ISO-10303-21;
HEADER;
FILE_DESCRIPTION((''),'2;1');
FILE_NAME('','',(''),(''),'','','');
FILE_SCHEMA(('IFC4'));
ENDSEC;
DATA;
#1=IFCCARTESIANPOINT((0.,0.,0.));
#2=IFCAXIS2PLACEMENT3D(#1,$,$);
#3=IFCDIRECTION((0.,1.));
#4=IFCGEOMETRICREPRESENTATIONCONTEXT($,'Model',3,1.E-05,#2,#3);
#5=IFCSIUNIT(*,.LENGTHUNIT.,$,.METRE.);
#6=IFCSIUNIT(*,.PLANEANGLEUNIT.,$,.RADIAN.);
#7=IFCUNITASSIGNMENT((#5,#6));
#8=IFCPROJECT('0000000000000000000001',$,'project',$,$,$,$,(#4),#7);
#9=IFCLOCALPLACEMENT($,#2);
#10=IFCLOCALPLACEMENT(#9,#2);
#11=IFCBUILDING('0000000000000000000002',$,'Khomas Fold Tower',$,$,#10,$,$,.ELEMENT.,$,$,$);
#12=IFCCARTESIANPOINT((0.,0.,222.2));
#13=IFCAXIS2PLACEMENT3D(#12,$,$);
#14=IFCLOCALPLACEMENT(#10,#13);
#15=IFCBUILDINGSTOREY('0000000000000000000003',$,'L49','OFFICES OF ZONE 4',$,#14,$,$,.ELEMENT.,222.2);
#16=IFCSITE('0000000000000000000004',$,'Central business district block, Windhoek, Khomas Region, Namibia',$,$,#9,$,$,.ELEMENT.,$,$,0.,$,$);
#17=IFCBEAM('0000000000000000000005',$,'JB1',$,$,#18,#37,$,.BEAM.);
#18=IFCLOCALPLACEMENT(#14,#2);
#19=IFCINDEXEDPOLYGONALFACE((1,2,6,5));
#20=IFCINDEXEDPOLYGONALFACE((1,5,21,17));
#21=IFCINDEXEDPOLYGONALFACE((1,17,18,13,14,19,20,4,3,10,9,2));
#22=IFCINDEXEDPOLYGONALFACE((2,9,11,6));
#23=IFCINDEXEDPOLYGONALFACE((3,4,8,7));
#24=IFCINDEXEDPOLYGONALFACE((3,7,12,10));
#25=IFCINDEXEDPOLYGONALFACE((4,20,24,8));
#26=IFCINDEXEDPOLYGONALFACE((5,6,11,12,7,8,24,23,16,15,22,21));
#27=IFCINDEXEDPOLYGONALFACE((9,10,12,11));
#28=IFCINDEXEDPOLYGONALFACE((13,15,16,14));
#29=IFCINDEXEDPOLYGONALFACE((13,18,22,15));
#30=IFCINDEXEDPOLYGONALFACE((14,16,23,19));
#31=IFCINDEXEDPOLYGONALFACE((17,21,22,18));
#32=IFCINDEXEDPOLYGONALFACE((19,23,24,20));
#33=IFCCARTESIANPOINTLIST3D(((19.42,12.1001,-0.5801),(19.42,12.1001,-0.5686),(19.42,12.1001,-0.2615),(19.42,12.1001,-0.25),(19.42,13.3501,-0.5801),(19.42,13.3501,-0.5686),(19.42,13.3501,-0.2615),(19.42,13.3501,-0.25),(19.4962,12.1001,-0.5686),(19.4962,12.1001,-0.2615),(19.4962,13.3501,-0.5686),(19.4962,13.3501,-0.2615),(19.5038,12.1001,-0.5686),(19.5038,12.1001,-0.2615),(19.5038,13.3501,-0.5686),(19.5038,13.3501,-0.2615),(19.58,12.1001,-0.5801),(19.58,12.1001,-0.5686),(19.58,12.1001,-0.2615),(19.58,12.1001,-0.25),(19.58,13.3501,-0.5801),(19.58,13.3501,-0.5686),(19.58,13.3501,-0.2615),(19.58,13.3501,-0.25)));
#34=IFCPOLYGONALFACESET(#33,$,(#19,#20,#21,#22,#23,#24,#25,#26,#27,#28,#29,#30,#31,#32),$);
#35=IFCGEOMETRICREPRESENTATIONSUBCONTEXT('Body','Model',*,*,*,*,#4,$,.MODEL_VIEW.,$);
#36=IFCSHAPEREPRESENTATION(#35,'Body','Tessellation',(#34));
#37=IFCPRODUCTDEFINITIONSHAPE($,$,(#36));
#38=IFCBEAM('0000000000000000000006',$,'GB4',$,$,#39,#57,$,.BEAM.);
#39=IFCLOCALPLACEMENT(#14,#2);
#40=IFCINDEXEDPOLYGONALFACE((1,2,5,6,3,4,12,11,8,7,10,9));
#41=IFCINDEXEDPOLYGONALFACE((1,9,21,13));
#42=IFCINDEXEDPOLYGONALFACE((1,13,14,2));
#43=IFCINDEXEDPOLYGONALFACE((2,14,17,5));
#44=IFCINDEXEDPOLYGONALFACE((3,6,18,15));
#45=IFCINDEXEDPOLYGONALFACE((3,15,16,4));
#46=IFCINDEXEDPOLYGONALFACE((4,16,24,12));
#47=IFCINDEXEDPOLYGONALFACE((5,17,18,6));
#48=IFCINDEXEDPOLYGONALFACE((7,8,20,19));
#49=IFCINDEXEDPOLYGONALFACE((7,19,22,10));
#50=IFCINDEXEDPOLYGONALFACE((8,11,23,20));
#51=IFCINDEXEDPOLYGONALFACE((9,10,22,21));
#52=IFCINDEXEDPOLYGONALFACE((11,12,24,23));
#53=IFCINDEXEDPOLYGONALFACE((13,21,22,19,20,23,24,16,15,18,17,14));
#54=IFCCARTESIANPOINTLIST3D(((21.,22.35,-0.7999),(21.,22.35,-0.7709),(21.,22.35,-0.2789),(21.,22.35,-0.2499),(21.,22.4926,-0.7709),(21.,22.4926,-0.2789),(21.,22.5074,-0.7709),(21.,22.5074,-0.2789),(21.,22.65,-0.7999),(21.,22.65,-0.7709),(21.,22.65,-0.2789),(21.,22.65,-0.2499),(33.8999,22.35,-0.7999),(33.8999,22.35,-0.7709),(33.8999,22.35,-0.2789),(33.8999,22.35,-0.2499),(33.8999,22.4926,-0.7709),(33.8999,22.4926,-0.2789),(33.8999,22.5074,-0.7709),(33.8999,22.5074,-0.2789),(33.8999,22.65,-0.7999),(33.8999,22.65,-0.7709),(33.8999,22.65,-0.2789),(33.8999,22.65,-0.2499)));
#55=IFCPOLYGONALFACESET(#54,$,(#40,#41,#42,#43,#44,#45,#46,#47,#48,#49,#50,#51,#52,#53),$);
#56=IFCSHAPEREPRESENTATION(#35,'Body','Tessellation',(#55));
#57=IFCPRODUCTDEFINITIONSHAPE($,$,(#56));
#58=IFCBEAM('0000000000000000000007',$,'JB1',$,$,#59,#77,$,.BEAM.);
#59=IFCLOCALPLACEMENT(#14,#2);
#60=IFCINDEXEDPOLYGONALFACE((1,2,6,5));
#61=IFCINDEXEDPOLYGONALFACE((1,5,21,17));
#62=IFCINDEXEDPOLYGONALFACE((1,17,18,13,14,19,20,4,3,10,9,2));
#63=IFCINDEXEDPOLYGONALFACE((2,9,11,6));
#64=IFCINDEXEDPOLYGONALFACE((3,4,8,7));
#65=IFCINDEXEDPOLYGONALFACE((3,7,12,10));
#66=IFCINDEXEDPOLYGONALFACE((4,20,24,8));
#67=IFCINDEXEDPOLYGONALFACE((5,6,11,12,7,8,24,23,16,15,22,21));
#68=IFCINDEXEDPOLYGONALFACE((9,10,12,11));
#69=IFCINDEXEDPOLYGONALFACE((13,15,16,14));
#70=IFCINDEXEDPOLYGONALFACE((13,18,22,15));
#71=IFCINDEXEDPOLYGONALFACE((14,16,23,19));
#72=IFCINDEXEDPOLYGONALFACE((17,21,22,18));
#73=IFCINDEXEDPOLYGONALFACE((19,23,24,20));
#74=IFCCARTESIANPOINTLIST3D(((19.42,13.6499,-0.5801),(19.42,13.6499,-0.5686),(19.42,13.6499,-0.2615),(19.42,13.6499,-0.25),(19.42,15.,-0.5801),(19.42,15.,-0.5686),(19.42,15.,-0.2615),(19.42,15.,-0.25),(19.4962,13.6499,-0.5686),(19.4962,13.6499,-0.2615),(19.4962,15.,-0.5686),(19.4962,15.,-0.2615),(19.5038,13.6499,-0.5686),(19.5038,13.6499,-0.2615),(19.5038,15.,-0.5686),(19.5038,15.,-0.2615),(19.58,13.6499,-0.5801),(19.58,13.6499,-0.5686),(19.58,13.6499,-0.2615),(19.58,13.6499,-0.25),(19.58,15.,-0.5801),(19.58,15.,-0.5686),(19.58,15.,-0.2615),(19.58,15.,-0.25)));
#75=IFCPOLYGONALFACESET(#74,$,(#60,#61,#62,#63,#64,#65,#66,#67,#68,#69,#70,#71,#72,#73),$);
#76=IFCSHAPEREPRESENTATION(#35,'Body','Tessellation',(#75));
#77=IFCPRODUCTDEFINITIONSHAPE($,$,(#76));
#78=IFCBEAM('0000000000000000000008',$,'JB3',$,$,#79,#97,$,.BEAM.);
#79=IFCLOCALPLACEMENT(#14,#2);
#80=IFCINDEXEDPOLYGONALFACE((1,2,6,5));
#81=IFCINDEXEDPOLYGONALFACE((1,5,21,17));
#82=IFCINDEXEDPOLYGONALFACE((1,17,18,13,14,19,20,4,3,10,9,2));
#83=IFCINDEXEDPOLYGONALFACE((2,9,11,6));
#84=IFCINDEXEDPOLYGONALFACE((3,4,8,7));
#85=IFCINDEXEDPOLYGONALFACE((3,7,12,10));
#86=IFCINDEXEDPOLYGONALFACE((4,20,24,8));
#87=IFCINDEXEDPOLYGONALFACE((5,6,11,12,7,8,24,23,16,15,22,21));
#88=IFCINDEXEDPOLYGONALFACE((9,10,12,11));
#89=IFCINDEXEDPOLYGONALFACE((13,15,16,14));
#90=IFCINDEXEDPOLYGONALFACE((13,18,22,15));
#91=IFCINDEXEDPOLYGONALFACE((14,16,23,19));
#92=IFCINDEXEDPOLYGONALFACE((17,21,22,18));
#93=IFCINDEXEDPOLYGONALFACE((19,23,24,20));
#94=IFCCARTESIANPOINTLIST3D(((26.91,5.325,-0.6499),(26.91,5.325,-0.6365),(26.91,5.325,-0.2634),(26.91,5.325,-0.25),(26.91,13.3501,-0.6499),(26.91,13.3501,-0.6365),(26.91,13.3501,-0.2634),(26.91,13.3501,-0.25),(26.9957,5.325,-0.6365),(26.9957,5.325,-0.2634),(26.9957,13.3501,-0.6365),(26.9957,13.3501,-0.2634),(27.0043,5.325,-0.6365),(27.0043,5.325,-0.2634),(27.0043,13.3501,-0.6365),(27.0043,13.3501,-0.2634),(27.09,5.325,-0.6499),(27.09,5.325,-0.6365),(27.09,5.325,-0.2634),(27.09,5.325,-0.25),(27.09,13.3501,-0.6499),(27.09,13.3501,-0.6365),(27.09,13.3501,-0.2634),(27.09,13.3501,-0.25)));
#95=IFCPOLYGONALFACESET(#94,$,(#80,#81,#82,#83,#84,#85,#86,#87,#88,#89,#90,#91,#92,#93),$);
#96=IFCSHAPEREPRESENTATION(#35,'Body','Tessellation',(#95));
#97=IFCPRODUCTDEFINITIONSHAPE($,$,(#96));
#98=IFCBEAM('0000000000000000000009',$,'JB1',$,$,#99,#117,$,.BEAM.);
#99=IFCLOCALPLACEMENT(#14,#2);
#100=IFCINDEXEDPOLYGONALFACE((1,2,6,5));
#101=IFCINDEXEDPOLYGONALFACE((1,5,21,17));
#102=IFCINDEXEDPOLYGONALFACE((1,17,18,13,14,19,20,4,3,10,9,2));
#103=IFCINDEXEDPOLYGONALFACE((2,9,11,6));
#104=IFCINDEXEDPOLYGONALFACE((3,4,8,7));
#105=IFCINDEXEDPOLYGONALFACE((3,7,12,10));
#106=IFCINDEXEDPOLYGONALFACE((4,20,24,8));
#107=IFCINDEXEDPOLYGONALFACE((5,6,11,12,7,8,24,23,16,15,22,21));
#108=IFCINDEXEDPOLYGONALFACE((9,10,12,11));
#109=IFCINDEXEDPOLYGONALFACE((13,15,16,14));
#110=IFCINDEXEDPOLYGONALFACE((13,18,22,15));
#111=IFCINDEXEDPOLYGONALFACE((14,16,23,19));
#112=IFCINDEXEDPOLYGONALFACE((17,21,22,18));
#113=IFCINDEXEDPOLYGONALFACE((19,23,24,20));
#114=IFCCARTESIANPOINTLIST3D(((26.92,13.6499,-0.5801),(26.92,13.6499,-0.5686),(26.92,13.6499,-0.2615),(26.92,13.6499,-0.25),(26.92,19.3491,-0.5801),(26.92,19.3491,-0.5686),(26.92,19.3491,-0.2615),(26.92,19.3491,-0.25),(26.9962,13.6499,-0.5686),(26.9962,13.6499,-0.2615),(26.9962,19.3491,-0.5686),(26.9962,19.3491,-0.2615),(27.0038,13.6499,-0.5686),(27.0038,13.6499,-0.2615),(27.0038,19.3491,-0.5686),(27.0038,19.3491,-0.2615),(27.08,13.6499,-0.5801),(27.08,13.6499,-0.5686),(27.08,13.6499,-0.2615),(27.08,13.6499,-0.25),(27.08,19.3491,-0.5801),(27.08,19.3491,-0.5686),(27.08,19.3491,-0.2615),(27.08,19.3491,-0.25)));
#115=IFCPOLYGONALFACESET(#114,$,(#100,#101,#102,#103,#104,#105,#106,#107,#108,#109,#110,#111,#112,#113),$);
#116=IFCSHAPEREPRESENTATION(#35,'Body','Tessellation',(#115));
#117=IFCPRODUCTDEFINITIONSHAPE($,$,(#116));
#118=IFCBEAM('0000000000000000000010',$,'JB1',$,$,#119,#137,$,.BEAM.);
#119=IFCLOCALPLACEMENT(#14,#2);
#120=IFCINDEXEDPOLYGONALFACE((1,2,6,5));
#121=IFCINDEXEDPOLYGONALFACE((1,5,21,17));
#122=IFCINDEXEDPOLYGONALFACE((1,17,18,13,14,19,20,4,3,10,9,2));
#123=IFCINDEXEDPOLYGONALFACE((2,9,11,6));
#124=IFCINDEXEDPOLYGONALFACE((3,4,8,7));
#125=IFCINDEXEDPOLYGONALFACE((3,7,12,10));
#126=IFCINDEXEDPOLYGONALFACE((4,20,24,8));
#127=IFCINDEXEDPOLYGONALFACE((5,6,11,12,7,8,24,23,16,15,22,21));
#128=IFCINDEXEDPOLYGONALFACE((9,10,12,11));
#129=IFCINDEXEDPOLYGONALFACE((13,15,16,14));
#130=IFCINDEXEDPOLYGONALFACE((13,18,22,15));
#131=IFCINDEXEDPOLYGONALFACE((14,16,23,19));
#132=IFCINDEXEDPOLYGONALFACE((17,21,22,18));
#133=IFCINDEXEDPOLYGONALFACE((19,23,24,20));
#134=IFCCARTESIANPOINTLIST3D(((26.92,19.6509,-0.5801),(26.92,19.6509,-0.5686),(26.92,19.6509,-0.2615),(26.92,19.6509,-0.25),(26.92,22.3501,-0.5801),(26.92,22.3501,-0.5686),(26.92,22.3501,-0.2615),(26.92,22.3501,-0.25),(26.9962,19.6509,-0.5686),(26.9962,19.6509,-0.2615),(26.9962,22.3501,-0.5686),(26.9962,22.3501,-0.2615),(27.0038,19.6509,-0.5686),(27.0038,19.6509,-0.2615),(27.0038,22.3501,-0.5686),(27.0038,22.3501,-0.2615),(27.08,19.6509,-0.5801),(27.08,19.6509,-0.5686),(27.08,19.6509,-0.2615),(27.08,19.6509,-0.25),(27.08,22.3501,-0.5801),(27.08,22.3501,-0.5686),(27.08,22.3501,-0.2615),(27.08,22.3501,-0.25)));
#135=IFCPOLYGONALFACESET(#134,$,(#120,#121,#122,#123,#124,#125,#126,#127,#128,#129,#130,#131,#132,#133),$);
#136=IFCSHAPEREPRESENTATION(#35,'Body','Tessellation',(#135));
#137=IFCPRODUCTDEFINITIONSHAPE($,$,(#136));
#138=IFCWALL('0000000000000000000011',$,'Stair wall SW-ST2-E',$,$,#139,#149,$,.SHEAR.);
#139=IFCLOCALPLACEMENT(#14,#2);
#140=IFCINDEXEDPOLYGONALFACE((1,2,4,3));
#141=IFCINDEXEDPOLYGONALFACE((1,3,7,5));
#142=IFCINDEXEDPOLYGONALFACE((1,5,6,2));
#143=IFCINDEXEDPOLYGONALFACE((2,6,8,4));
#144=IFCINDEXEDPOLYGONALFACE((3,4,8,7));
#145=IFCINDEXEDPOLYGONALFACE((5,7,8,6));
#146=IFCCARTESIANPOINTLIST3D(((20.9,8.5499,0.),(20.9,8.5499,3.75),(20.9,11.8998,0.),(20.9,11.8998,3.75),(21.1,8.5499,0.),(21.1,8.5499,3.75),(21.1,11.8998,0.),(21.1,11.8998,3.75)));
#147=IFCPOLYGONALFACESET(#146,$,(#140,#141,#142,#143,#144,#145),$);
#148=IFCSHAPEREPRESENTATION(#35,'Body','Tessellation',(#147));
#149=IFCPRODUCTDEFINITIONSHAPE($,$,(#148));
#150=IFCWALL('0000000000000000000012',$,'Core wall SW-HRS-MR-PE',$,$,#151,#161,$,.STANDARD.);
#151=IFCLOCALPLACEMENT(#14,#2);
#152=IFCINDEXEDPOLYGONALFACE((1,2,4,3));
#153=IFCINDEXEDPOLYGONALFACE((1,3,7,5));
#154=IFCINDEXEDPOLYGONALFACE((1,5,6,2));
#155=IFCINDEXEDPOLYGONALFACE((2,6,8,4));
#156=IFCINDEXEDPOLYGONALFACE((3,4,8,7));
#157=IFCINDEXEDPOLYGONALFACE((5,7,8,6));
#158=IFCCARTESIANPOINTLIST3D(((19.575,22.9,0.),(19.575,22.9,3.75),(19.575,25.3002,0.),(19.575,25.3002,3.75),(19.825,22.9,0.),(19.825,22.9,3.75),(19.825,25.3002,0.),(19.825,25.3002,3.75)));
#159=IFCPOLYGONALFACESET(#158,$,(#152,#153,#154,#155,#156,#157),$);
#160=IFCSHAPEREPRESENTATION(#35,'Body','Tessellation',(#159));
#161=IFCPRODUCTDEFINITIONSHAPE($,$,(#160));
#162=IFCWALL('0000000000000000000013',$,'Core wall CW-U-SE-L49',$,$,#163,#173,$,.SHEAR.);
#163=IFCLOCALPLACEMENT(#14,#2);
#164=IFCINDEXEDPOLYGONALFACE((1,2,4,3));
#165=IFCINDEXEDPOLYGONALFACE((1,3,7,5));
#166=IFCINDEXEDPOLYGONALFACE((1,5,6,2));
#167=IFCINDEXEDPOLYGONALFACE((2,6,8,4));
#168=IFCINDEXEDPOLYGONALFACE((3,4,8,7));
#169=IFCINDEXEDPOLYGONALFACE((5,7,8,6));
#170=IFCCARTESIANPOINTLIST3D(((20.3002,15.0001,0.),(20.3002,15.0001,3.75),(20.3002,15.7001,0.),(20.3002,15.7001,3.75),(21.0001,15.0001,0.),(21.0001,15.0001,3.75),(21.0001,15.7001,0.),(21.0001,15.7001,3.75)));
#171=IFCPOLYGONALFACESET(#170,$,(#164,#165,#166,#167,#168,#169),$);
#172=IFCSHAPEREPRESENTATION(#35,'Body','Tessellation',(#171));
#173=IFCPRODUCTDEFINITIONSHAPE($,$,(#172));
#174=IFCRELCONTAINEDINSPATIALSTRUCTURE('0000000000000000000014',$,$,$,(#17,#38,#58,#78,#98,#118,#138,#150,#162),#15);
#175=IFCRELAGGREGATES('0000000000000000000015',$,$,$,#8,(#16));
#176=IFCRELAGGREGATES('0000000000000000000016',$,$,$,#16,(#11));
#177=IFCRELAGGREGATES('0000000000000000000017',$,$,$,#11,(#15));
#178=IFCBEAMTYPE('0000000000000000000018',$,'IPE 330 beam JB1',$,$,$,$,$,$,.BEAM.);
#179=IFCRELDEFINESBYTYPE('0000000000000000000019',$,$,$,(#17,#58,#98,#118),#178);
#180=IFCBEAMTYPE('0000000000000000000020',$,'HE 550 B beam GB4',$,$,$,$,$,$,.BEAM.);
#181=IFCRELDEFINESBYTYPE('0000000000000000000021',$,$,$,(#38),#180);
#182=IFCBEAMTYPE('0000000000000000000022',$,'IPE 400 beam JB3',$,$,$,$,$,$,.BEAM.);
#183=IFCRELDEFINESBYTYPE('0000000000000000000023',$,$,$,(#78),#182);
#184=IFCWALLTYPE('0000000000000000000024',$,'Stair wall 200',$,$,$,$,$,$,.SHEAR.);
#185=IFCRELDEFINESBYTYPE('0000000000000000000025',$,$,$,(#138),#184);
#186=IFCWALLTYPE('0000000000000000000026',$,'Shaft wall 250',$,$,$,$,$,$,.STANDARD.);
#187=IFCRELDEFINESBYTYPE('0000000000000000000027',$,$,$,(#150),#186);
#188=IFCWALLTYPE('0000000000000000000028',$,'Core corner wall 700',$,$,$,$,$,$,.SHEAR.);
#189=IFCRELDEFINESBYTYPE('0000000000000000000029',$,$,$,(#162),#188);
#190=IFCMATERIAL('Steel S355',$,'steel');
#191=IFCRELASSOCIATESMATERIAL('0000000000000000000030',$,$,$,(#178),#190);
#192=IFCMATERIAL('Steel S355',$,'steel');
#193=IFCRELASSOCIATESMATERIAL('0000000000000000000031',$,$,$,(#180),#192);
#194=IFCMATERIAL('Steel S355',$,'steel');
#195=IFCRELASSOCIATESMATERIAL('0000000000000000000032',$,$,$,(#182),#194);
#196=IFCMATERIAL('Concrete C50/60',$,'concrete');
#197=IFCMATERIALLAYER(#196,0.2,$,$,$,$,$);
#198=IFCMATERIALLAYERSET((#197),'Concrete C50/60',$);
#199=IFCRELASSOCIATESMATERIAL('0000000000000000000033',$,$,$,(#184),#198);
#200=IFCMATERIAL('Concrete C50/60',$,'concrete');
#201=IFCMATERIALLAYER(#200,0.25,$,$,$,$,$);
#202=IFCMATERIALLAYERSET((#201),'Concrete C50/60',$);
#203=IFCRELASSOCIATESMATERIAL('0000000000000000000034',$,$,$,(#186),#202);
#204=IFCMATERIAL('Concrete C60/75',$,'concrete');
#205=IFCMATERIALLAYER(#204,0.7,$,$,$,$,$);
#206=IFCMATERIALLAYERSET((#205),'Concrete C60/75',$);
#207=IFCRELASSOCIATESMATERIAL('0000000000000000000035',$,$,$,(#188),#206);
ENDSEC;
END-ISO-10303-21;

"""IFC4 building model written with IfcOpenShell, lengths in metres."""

from ifc_helpers import new_model, si_unit, direction, frame, frame_2d, origin, origin_2d, place, context, subcontext, project, spatial, rectangle, i_section, extrude, source, transform, mapped, material, layer, layer_set, material_profile, profile_set, type_object, element, save


model = new_model("IFC4")

# Units and contexts
model_context = context("Model", 3, precision=1e-05, world=origin(), true_north=direction((0.0, 1.0)))
body_context = subcontext(model_context, "Body", "Model", "MODEL_VIEW")
ifc_project = project(units=[si_unit("LENGTHUNIT", "METRE"), si_unit("PLANEANGLEUNIT", "RADIAN")], contexts=[model_context])

# Site, building, storey
site_placement = place(None, origin())
site = spatial("IfcSite", under=ifc_project, at=site_placement, Name="Central business district block, Windhoek, Khomas Region, Namibia", CompositionType="ELEMENT", RefElevation=0.0)
building_placement = place(site_placement, origin())
building = spatial("IfcBuilding", under=site, at=building_placement, Name="Khomas Fold Tower", CompositionType="ELEMENT")
storey_placement = place(building_placement, frame((0.0, 0.0, 222.2)))
storey = spatial("IfcBuildingStorey", under=building, at=storey_placement, Name="L49", Description="OFFICES OF ZONE 4", CompositionType="ELEMENT", Elevation=222.2)

# Beams
ifc_material_1 = material(Name="Steel S355", Category="steel")
ifc_material_profile_1 = material_profile(ifc_material_1, i_section(OverallWidth=0.1599, OverallDepth=0.3301, WebThickness=0.0076, FlangeThickness=0.0115, at=origin_2d()), Name="IPE 330")
ifc_profile_set_1 = profile_set([ifc_material_profile_1], Name="Steel S355")
beam_type_1 = type_object("IfcBeamType", Name="IPE 330 beam JB1", PredefinedType="BEAM", material=ifc_profile_set_1)
shared_shape_1 = source(origin(), body_context, "Body", "SweptSolid", [
    extrude(i_section(OverallWidth=0.1599, OverallDepth=0.3301, WebThickness=0.0076, FlangeThickness=0.0115, at=origin_2d()), origin(), (0.0, 0.0, 1.0), 1.25),
])
beam_1_placement = place(storey_placement, frame((19.5, 12.1001, -0.415), z_axis=(0.0, 1.0, 0.0), x_axis=(-1.0, 0.0, 0.0)))
element("IfcBeam", 1, at=beam_1_placement, inside=storey, type_object=beam_type_1, Name="JB1", PredefinedType="BEAM", context=body_context, shape_type="MappedRepresentation", body=[
    mapped(shared_shape_1, transform((0.0, 0.0, 0.0))),
])
ifc_material_2 = material(Name="Steel S355", Category="steel")
ifc_material_profile_2 = material_profile(ifc_material_2, i_section(OverallWidth=0.3, OverallDepth=0.55, WebThickness=0.0149, FlangeThickness=0.0291, at=origin_2d()), Name="HE 550 B")
ifc_profile_set_2 = profile_set([ifc_material_profile_2], Name="Steel S355")
beam_type_2 = type_object("IfcBeamType", Name="HE 550 B beam GB4", PredefinedType="BEAM", material=ifc_profile_set_2)
shared_shape_2 = source(origin(), body_context, "Body", "SweptSolid", [
    extrude(i_section(OverallWidth=0.3, OverallDepth=0.55, WebThickness=0.0149, FlangeThickness=0.0291, at=origin_2d()), origin(), (0.0, 0.0, 1.0), 12.8999),
])
beam_2_placement = place(storey_placement, frame((21.0, 22.5, -0.5249), z_axis=(1.0, 0.0, 0.0), x_axis=(0.0, 1.0, 0.0)))
element("IfcBeam", 2, at=beam_2_placement, inside=storey, type_object=beam_type_2, Name="GB4", PredefinedType="BEAM", context=body_context, shape_type="MappedRepresentation", body=[
    mapped(shared_shape_2, transform((0.0, 0.0, 0.0))),
])
shared_shape_3 = source(origin(), body_context, "Body", "SweptSolid", [
    extrude(i_section(OverallWidth=0.1599, OverallDepth=0.3301, WebThickness=0.0076, FlangeThickness=0.0115, at=origin_2d()), origin(), (0.0, 0.0, 1.0), 1.3501),
])
beam_3_placement = place(storey_placement, frame((19.5, 13.6499, -0.415), z_axis=(0.0, 1.0, 0.0), x_axis=(-1.0, 0.0, 0.0)))
element("IfcBeam", 3, at=beam_3_placement, inside=storey, type_object=beam_type_1, Name="JB1", PredefinedType="BEAM", context=body_context, shape_type="MappedRepresentation", body=[
    mapped(shared_shape_3, transform((0.0, 0.0, 0.0))),
])
ifc_material_3 = material(Name="Steel S355", Category="steel")
ifc_material_profile_3 = material_profile(ifc_material_3, i_section(OverallWidth=0.1799, OverallDepth=0.3999, WebThickness=0.0085, FlangeThickness=0.0134, at=origin_2d()), Name="IPE 400")
ifc_profile_set_3 = profile_set([ifc_material_profile_3], Name="Steel S355")
beam_type_3 = type_object("IfcBeamType", Name="IPE 400 beam JB3", PredefinedType="BEAM", material=ifc_profile_set_3)
shared_shape_4 = source(origin(), body_context, "Body", "SweptSolid", [
    extrude(i_section(OverallWidth=0.1799, OverallDepth=0.3999, WebThickness=0.0085, FlangeThickness=0.0134, at=origin_2d()), origin(), (0.0, 0.0, 1.0), 8.0251),
])
beam_4_placement = place(storey_placement, frame((27.0, 5.325, -0.45), z_axis=(0.0, 1.0, 0.0), x_axis=(-1.0, 0.0, 0.0)))
element("IfcBeam", 4, at=beam_4_placement, inside=storey, type_object=beam_type_3, Name="JB3", PredefinedType="BEAM", context=body_context, shape_type="MappedRepresentation", body=[
    mapped(shared_shape_4, transform((0.0, 0.0, 0.0))),
])
shared_shape_5 = source(origin(), body_context, "Body", "SweptSolid", [
    extrude(i_section(OverallWidth=0.1599, OverallDepth=0.3301, WebThickness=0.0076, FlangeThickness=0.0115, at=origin_2d()), origin(), (0.0, 0.0, 1.0), 5.6992),
])
beam_5_placement = place(storey_placement, frame((27.0, 13.6499, -0.415), z_axis=(0.0, 1.0, 0.0), x_axis=(-1.0, 0.0, 0.0)))
element("IfcBeam", 5, at=beam_5_placement, inside=storey, type_object=beam_type_1, Name="JB1", PredefinedType="BEAM", context=body_context, shape_type="MappedRepresentation", body=[
    mapped(shared_shape_5, transform((0.0, 0.0, 0.0))),
])
shared_shape_6 = source(origin(), body_context, "Body", "SweptSolid", [
    extrude(i_section(OverallWidth=0.1599, OverallDepth=0.3301, WebThickness=0.0076, FlangeThickness=0.0115, at=origin_2d()), origin(), (0.0, 0.0, 1.0), 2.6992),
])
beam_6_placement = place(storey_placement, frame((27.0, 19.6509, -0.415), z_axis=(0.0, 1.0, 0.0), x_axis=(-1.0, 0.0, 0.0)))
element("IfcBeam", 6, at=beam_6_placement, inside=storey, type_object=beam_type_1, Name="JB1", PredefinedType="BEAM", context=body_context, shape_type="MappedRepresentation", body=[
    mapped(shared_shape_6, transform((0.0, 0.0, 0.0))),
])

# Walls
ifc_material_4 = material(Name="Concrete C50/60", Category="concrete")
ifc_layer_1 = layer(ifc_material_4, 0.2)
ifc_layer_set_1 = layer_set([ifc_layer_1], Name="Concrete C50/60")
wall_type_1 = type_object("IfcWallType", Name="Stair wall 200", PredefinedType="SHEAR", material=ifc_layer_set_1)
shared_shape_7 = source(origin(), body_context, "Body", "SweptSolid", [
    extrude(rectangle(XDim=3.3499, YDim=0.2, at=frame_2d((1.6748, 0.0))), origin(), (0.0, 0.0, 1.0), 3.75),
])
wall_1_placement = place(storey_placement, frame((21.0, 8.55, 0.0), z_axis=(0.0, 0.0, 1.0), x_axis=(0.0, 1.0, 0.0)))
element("IfcWall", 7, at=wall_1_placement, inside=storey, type_object=wall_type_1, Name="Stair wall SW-ST2-E", PredefinedType="SHEAR", context=body_context, shape_type="MappedRepresentation", body=[
    mapped(shared_shape_7, transform((0.0, 0.0, 0.0))),
])
ifc_material_5 = material(Name="Concrete C50/60", Category="concrete")
ifc_layer_2 = layer(ifc_material_5, 0.25)
ifc_layer_set_2 = layer_set([ifc_layer_2], Name="Concrete C50/60")
wall_type_2 = type_object("IfcWallType", Name="Shaft wall 250", PredefinedType="STANDARD", material=ifc_layer_set_2)
shared_shape_8 = source(origin(), body_context, "Body", "SweptSolid", [
    extrude(rectangle(XDim=2.4001, YDim=0.25, at=frame_2d((1.2002, 0.0))), origin(), (0.0, 0.0, 1.0), 3.75),
])
wall_2_placement = place(storey_placement, frame((19.7, 22.8999, 0.0), z_axis=(0.0, 0.0, 1.0), x_axis=(0.0, 1.0, 0.0)))
element("IfcWall", 8, at=wall_2_placement, inside=storey, type_object=wall_type_2, Name="Core wall SW-HRS-MR-PE", PredefinedType="STANDARD", context=body_context, shape_type="MappedRepresentation", body=[
    mapped(shared_shape_8, transform((0.0, 0.0, 0.0))),
])
ifc_material_6 = material(Name="Concrete C60/75", Category="concrete")
ifc_layer_3 = layer(ifc_material_6, 0.7)
ifc_layer_set_3 = layer_set([ifc_layer_3], Name="Concrete C60/75")
wall_type_3 = type_object("IfcWallType", Name="Core corner wall 700", PredefinedType="SHEAR", material=ifc_layer_set_3)
shared_shape_9 = source(origin(), body_context, "Body", "SweptSolid", [
    extrude(rectangle(XDim=0.7, YDim=0.7, at=frame_2d((0.3501, 0.0))), origin(), (0.0, 0.0, 1.0), 3.75),
])
wall_3_placement = place(storey_placement, frame((20.3, 15.3501, 0.0), z_axis=(0.0, 0.0, 1.0), x_axis=(1.0, 0.0, 0.0)))
element("IfcWall", 9, at=wall_3_placement, inside=storey, type_object=wall_type_3, Name="Core wall CW-U-SE-L49", PredefinedType="SHEAR", context=body_context, shape_type="MappedRepresentation", body=[
    mapped(shared_shape_9, transform((0.0, 0.0, 0.0))),
])

save(model, "model.ifc")
